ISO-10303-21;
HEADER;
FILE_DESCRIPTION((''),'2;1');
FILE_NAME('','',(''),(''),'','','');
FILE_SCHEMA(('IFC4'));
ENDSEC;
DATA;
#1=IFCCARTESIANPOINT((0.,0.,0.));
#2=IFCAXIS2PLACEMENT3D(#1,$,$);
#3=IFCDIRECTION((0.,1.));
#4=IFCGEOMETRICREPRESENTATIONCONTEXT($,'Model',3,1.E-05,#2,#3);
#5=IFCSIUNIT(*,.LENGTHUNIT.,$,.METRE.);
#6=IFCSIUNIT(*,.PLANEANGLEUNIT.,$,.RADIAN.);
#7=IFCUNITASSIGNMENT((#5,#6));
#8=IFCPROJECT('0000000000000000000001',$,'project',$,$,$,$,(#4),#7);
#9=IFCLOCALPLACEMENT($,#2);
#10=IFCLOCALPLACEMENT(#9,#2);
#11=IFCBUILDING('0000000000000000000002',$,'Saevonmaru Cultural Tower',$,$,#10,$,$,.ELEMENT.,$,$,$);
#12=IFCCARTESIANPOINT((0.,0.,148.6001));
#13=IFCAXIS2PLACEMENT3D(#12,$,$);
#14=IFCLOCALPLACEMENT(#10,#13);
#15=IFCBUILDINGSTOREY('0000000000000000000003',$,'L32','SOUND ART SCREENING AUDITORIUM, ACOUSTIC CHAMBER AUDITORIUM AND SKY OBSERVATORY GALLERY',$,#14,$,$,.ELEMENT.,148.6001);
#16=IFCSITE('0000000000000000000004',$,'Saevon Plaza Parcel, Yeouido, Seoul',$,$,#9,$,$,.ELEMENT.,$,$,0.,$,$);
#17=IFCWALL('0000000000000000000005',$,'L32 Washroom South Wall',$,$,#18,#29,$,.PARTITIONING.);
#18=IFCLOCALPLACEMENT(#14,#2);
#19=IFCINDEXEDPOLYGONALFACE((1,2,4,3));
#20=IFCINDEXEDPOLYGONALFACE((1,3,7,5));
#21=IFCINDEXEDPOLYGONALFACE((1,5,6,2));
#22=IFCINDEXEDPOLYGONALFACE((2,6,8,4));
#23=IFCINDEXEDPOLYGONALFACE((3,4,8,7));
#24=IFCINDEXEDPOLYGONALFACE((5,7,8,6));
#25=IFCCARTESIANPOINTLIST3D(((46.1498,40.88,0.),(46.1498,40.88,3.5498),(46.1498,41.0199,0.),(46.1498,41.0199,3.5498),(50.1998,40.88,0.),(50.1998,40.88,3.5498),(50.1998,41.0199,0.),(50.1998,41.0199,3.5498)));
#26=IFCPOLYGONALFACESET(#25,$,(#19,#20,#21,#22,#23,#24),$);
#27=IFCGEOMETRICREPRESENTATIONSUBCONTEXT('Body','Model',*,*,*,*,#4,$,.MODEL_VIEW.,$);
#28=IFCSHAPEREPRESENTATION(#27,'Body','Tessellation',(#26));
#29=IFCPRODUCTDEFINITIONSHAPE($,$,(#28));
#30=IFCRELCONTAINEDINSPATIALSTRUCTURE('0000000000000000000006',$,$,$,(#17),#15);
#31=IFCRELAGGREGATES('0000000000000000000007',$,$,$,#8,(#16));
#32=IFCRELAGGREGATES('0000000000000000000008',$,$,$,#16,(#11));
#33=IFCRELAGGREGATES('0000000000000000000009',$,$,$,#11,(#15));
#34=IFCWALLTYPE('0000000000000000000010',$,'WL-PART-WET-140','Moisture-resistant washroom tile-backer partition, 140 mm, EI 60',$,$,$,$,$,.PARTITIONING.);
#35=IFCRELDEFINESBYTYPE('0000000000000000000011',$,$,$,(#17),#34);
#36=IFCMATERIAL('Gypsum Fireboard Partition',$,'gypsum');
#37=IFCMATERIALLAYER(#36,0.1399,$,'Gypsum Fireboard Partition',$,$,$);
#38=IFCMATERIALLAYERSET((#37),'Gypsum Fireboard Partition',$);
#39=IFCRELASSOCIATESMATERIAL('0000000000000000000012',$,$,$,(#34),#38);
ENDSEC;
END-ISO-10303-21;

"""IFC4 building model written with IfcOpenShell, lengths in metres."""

from ifc_helpers import new_model, si_unit, direction, frame, frame_2d, origin, place, context, subcontext, project, spatial, rectangle, extrude, material, layer, layer_set, type_object, element, save


model = new_model("IFC4")

# Units and contexts
model_context = context("Model", 3, precision=1e-05, world=origin(), true_north=direction((0.0, 1.0)))
body_context = subcontext(model_context, "Body", "Model", "MODEL_VIEW")
ifc_project = project(units=[si_unit("LENGTHUNIT", "METRE"), si_unit("PLANEANGLEUNIT", "RADIAN")], contexts=[model_context])

# Site, building, storey
site_placement = place(None, origin())
site = spatial("IfcSite", under=ifc_project, at=site_placement, Name="Saevon Plaza Parcel, Yeouido, Seoul", CompositionType="ELEMENT", RefElevation=0.0)
building_placement = place(site_placement, origin())
building = spatial("IfcBuilding", under=site, at=building_placement, Name="Saevonmaru Cultural Tower", CompositionType="ELEMENT")
storey_placement = place(building_placement, frame((0.0, 0.0, 148.6001)))
storey = spatial("IfcBuildingStorey", under=building, at=storey_placement, Name="L32", Description="SOUND ART SCREENING AUDITORIUM, ACOUSTIC CHAMBER AUDITORIUM AND SKY OBSERVATORY GALLERY", CompositionType="ELEMENT", Elevation=148.6001)

# Shared definitions
ifc_material_1 = material(Name="Gypsum Fireboard Partition", Category="gypsum")

# Wall
ifc_layer_1 = layer(ifc_material_1, 0.1399, Name="Gypsum Fireboard Partition")
ifc_layer_set_1 = layer_set([ifc_layer_1], Name="Gypsum Fireboard Partition")
wall_type_1 = type_object("IfcWallType", Name="WL-PART-WET-140", Description="Moisture-resistant washroom tile-backer partition, 140 mm, EI 60", PredefinedType="PARTITIONING", material=ifc_layer_set_1)
wall_1_placement = place(storey_placement, frame((46.1499, 40.95, 0.0), z_axis=(0.0, 0.0, 1.0), x_axis=(1.0, 0.0, 0.0)))
element("IfcWall", 1, at=wall_1_placement, inside=storey, type_object=wall_type_1, Name="L32 Washroom South Wall", PredefinedType="PARTITIONING", context=body_context, shape_type="SweptSolid", body=[
    extrude(rectangle(XDim=4.05, YDim=0.1399, at=frame_2d((2.0249, 0.0))), origin(), (0.0, 0.0, 1.0), 3.5498),
])

save(model, "model.ifc")
